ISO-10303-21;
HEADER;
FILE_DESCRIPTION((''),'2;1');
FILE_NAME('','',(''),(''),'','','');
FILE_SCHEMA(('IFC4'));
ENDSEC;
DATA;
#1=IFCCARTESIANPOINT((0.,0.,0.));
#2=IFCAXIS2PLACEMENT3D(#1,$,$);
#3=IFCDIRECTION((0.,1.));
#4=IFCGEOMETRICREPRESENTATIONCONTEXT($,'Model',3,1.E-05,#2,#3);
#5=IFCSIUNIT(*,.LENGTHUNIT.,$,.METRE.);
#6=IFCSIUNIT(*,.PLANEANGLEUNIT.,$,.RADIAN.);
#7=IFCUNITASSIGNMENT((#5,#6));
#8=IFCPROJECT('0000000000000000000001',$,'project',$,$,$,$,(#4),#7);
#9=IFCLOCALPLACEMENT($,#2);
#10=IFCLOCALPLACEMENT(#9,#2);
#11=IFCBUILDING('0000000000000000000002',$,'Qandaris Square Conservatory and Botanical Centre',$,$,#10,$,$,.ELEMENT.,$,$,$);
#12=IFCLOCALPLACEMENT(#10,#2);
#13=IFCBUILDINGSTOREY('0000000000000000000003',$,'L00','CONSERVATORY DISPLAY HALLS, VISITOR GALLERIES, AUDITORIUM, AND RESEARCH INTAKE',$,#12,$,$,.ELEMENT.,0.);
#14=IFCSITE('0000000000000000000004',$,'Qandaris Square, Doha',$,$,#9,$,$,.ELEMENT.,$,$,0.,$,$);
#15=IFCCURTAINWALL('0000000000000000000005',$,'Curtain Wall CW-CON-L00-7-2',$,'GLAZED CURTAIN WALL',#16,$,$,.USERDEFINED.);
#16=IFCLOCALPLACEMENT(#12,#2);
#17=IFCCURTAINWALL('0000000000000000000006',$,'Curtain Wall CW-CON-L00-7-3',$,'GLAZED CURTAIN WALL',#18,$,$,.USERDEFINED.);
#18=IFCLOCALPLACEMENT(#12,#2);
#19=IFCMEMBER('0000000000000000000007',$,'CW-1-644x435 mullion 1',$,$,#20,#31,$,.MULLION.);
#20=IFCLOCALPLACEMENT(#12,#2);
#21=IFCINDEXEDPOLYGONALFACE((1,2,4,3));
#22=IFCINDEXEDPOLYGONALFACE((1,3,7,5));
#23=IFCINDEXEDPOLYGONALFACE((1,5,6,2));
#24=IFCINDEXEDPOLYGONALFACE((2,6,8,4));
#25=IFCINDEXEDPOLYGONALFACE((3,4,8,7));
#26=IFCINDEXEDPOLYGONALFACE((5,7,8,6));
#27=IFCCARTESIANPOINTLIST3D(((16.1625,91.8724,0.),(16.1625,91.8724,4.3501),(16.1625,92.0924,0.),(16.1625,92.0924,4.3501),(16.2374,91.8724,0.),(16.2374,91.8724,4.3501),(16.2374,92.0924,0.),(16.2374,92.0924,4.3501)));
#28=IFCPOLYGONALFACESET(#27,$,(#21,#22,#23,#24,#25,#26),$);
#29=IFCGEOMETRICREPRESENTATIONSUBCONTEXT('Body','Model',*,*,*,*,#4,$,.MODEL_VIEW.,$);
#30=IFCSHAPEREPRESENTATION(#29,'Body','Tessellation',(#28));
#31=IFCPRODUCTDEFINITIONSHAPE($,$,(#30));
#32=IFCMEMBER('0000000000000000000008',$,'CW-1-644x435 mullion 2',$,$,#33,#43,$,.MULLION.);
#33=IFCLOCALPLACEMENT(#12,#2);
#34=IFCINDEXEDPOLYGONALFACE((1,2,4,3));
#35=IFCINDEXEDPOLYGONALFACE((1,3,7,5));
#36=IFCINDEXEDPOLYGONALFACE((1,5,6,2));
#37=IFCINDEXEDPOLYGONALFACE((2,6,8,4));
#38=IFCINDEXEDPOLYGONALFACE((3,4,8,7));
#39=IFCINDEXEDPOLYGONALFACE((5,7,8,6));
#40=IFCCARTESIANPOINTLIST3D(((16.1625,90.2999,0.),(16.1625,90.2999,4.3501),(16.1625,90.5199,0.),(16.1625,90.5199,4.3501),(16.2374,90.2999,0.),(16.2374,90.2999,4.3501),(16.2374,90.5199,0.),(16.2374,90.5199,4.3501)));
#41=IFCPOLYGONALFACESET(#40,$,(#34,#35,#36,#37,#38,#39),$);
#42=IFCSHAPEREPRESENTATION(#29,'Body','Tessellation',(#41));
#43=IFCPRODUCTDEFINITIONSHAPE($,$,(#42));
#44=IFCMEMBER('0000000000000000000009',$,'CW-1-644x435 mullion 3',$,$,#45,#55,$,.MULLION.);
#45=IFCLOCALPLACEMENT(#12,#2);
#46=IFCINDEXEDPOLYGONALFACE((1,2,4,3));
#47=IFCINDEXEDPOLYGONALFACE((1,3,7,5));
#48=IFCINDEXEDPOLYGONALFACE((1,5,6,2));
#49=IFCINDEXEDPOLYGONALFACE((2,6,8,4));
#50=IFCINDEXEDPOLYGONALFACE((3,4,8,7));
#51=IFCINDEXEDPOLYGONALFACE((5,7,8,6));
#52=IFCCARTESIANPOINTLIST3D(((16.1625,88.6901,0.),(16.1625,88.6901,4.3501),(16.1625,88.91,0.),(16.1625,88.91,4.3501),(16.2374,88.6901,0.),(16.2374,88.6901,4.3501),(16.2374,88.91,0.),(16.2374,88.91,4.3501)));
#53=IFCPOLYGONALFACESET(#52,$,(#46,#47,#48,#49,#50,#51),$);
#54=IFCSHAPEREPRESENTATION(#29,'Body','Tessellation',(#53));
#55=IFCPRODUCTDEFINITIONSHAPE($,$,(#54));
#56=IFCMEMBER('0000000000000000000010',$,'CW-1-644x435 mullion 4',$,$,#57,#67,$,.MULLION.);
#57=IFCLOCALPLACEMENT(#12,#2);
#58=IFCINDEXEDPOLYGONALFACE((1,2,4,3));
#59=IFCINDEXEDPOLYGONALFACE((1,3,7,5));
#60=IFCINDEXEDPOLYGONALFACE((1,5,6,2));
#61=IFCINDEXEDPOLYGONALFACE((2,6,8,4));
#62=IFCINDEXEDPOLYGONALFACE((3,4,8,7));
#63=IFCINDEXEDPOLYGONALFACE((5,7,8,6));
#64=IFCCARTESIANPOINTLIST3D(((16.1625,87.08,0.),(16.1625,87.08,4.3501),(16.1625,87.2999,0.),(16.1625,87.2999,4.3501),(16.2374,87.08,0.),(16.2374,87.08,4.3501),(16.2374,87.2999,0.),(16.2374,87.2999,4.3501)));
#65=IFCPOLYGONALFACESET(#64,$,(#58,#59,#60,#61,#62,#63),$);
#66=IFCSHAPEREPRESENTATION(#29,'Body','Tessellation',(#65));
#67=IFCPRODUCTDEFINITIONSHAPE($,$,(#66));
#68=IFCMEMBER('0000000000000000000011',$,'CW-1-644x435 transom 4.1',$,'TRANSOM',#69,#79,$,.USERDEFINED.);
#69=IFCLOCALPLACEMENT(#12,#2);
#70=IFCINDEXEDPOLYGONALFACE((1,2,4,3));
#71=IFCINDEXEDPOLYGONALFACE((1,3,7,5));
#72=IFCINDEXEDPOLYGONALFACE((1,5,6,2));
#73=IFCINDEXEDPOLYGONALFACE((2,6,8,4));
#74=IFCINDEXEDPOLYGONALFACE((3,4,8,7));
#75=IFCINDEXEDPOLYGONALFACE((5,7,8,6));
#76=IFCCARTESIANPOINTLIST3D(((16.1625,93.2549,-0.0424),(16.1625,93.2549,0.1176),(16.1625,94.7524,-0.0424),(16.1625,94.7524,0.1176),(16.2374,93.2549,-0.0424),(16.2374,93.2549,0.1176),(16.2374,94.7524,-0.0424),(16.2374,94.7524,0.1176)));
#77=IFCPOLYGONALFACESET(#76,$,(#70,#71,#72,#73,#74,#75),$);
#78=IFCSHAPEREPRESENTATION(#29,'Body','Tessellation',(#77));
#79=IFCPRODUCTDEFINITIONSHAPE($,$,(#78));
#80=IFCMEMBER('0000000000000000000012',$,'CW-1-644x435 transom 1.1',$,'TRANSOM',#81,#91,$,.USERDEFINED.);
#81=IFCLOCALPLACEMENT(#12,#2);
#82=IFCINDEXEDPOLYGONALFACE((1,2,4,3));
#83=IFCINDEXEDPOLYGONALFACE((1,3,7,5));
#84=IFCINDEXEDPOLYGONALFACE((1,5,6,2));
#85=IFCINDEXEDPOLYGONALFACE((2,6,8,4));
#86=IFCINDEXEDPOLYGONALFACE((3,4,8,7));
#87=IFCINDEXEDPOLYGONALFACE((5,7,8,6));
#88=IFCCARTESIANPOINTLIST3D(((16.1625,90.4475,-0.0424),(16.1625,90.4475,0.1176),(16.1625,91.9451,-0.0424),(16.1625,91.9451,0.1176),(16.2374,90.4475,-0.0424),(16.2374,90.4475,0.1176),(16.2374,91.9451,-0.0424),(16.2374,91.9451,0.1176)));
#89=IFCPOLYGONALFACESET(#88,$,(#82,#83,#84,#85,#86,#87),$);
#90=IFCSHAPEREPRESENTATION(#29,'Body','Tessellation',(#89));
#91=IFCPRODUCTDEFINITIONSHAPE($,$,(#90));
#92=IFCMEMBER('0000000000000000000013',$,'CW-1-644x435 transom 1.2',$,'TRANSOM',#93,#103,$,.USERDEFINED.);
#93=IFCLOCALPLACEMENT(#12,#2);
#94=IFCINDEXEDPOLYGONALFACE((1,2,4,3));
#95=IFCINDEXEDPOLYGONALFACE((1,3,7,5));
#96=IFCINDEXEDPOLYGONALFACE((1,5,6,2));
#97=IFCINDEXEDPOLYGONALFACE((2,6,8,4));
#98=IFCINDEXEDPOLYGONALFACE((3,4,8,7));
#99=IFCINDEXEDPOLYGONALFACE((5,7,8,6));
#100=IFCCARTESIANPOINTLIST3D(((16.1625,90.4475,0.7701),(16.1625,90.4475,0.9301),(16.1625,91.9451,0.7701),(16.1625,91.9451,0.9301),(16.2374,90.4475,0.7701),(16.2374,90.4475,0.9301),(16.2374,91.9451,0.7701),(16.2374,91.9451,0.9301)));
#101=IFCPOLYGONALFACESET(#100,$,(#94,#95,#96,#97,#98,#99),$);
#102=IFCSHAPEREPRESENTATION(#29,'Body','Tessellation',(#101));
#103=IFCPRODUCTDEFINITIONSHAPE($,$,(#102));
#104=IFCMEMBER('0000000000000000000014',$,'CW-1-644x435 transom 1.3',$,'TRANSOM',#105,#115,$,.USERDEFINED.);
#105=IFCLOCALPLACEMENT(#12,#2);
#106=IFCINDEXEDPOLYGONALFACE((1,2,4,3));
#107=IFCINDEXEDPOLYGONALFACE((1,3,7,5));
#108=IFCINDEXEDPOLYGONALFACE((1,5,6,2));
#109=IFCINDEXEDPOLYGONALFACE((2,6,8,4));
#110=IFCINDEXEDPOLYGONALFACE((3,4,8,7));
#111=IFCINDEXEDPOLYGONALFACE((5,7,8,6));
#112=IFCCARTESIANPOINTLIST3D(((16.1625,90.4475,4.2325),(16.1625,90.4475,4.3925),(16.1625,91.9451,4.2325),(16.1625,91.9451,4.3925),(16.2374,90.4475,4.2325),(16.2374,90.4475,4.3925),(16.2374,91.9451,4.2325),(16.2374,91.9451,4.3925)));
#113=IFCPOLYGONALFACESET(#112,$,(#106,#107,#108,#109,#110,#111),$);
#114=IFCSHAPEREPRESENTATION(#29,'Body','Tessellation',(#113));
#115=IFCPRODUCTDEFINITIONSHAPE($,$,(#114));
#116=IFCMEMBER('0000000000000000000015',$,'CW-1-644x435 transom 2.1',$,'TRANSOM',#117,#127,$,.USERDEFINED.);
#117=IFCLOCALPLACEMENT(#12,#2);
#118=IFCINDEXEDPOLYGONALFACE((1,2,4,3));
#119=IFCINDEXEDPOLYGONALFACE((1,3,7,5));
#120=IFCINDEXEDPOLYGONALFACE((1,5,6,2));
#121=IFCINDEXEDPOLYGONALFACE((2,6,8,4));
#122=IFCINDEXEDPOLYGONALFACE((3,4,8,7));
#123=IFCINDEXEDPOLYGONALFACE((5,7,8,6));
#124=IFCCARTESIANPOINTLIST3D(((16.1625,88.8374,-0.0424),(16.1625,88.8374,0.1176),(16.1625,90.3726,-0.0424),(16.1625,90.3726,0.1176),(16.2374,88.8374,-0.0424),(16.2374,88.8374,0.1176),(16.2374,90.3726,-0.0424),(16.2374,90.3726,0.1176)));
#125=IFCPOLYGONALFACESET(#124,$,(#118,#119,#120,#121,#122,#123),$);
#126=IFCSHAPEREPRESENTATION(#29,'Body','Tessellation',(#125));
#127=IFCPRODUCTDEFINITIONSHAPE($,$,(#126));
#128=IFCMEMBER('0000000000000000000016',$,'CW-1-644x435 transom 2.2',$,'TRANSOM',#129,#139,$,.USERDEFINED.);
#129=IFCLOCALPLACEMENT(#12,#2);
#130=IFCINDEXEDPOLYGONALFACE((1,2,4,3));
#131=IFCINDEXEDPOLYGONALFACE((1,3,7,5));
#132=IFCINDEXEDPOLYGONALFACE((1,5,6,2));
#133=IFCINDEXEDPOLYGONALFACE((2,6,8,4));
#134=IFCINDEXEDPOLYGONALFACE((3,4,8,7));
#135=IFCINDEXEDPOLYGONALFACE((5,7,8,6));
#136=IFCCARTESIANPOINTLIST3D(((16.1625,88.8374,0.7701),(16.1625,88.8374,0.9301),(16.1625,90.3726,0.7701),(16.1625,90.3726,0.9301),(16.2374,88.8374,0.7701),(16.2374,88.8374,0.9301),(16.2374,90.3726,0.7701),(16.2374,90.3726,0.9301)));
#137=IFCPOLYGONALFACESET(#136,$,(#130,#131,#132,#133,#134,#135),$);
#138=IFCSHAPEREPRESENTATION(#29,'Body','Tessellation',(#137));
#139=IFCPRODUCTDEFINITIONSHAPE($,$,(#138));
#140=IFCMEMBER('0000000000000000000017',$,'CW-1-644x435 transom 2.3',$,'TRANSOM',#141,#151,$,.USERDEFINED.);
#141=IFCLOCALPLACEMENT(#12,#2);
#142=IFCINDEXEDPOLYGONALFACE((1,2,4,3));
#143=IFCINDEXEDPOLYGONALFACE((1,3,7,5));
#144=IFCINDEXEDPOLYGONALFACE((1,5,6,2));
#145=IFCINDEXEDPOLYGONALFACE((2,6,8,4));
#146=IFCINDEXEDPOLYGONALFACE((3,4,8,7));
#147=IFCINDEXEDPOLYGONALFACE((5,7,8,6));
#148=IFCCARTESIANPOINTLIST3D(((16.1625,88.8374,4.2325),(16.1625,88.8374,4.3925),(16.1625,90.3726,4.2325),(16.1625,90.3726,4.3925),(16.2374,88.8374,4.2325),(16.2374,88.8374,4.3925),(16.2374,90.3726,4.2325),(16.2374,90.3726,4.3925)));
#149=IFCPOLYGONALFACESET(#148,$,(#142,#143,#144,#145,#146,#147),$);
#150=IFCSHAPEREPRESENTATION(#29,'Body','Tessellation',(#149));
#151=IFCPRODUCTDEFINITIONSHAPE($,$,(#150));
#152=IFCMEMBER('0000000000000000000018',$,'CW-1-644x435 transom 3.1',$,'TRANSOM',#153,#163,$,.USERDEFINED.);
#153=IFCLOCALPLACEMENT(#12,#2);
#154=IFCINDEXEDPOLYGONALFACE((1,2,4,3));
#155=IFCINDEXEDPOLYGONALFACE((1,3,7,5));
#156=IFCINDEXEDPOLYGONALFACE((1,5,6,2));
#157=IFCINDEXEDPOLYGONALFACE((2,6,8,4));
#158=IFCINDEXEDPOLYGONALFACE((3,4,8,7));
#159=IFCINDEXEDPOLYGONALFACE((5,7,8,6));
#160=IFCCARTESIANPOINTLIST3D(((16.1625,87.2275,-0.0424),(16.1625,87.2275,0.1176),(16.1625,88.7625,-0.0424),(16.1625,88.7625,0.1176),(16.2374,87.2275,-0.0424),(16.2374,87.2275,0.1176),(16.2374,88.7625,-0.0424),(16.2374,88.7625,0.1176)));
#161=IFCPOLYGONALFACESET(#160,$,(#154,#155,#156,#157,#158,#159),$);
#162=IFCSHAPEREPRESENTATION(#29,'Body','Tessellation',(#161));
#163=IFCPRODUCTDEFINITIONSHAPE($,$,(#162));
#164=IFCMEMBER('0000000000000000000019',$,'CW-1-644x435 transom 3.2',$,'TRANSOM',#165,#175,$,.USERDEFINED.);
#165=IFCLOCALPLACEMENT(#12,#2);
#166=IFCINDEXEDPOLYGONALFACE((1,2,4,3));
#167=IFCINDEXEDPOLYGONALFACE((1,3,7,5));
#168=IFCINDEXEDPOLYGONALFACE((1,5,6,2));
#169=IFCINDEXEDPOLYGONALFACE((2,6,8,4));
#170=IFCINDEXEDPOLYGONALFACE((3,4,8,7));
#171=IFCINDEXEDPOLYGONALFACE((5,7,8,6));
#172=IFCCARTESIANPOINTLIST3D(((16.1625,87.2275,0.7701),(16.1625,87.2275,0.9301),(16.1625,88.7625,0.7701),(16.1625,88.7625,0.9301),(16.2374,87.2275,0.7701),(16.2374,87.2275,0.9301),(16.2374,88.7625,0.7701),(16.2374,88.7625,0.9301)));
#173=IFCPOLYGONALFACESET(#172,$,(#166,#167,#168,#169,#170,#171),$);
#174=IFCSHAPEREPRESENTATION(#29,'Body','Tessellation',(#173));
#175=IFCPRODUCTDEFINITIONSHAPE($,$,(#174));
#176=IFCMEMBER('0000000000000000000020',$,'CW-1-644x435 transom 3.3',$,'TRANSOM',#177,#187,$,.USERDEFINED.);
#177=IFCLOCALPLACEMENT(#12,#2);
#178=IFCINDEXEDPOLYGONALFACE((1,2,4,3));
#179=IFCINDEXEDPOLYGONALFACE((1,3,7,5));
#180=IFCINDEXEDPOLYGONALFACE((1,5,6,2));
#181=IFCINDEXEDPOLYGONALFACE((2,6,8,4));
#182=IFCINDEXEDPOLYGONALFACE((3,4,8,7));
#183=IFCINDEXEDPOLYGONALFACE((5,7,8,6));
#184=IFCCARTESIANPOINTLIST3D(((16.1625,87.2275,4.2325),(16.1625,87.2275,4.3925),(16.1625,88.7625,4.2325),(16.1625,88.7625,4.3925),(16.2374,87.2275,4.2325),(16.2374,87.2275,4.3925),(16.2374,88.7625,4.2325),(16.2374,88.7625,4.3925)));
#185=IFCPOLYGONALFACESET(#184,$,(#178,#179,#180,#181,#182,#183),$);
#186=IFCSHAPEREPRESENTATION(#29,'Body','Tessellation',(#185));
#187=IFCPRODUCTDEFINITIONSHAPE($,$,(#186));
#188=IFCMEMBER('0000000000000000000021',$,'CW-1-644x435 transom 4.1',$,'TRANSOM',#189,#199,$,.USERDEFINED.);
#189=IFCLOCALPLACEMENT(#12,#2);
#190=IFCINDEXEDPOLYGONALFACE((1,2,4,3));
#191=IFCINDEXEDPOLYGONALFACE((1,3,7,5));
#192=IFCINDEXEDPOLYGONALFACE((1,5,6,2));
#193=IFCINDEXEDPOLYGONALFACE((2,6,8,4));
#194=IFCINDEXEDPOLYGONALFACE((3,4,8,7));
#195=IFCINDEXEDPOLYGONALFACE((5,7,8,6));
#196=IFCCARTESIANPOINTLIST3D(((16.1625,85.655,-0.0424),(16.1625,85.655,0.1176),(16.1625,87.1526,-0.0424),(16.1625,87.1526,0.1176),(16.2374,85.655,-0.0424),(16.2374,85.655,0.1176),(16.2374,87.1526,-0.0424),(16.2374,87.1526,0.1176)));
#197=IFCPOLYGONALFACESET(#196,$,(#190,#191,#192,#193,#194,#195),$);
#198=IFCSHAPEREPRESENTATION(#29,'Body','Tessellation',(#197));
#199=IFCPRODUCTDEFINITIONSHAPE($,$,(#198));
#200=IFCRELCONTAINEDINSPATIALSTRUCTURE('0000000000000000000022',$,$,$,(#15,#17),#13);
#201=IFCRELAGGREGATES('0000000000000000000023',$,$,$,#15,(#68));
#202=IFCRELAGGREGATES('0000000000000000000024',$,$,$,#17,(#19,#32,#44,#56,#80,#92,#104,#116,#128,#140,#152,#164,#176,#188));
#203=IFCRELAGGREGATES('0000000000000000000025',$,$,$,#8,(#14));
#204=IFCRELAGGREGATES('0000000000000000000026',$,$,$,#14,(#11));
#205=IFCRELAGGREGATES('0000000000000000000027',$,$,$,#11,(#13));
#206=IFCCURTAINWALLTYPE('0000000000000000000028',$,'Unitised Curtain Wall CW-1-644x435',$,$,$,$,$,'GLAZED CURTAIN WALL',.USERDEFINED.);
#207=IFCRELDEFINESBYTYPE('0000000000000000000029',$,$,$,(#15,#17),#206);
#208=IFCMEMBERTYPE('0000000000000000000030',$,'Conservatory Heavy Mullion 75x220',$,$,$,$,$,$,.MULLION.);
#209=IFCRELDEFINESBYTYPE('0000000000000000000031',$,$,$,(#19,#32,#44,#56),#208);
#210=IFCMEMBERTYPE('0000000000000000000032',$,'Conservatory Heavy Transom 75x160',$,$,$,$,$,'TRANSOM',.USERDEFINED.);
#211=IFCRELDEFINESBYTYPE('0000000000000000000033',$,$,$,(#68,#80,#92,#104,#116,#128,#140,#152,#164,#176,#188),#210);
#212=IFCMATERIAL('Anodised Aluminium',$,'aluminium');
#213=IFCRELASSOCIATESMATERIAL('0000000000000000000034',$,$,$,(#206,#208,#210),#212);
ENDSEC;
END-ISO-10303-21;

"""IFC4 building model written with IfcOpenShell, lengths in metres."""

from ifc_helpers import new_model, si_unit, direction, frame, origin, origin_2d, place, context, subcontext, project, spatial, rectangle, extrude, material, material_profile, profile_set, type_object, element, aggregate, save


model = new_model("IFC4")

# Units and contexts
model_context = context("Model", 3, precision=1e-05, world=origin(), true_north=direction((0.0, 1.0)))
body_context = subcontext(model_context, "Body", "Model", "MODEL_VIEW")
ifc_project = project(units=[si_unit("LENGTHUNIT", "METRE"), si_unit("PLANEANGLEUNIT", "RADIAN")], contexts=[model_context])

# Site, building, storey
site_placement = place(None, origin())
site = spatial("IfcSite", under=ifc_project, at=site_placement, Name="Qandaris Square, Doha", CompositionType="ELEMENT", RefElevation=0.0)
building_placement = place(site_placement, origin())
building = spatial("IfcBuilding", under=site, at=building_placement, Name="Qandaris Square Conservatory and Botanical Centre", CompositionType="ELEMENT")
storey_placement = place(building_placement, origin())
storey = spatial("IfcBuildingStorey", under=building, at=storey_placement, Name="L00", Description="CONSERVATORY DISPLAY HALLS, VISITOR GALLERIES, AUDITORIUM, AND RESEARCH INTAKE", CompositionType="ELEMENT", Elevation=0.0)

# Curtain wall
ifc_material_1 = material(Name="Anodised Aluminium", Category="aluminium")
curtain_wall_type = type_object("IfcCurtainWallType", Name="Unitised Curtain Wall CW-1-644x435", ElementType="GLAZED CURTAIN WALL", PredefinedType="USERDEFINED", material=ifc_material_1)
curtain_wall_1_placement = place(storey_placement, origin())
curtain_wall_1 = element("IfcCurtainWall", 1, at=curtain_wall_1_placement, inside=storey, type_object=curtain_wall_type, Name="Curtain Wall CW-CON-L00-7-2", ObjectType="GLAZED CURTAIN WALL", PredefinedType="USERDEFINED")
ifc_material_profile_1 = material_profile(ifc_material_1, rectangle(XDim=0.075, YDim=0.22, at=origin_2d()), Name="ALU-MUL 75x220")
ifc_profile_set_1 = profile_set([ifc_material_profile_1], Name="Anodised Aluminium")
member_type_1 = type_object("IfcMemberType", Name="Conservatory Heavy Mullion 75x220", PredefinedType="MULLION", material=ifc_profile_set_1)

# Curtain wall, members
curtain_wall_2_placement = place(storey_placement, origin())
curtain_wall_2 = element("IfcCurtainWall", 2, at=curtain_wall_2_placement, inside=storey, type_object=curtain_wall_type, Name="Curtain Wall CW-CON-L00-7-3", ObjectType="GLAZED CURTAIN WALL", PredefinedType="USERDEFINED")
member_1_placement = place(storey_placement, frame((16.2, 91.9824, 0.0), z_axis=(0.0, 0.0, 1.0), x_axis=(1.0, 0.0, 0.0)))
member_1 = element("IfcMember", 3, at=member_1_placement, type_object=member_type_1, Name="CW-1-644x435 mullion 1", PredefinedType="MULLION", context=body_context, shape_type="SweptSolid", body=[
    extrude(rectangle(XDim=0.075, YDim=0.22, at=origin_2d()), origin(), (0.0, 0.0, 1.0), 4.3501),
])
member_2_placement = place(storey_placement, frame((16.2, 90.4099, 0.0), z_axis=(0.0, 0.0, 1.0), x_axis=(1.0, 0.0, 0.0)))
member_2 = element("IfcMember", 4, at=member_2_placement, type_object=member_type_1, Name="CW-1-644x435 mullion 2", PredefinedType="MULLION", context=body_context, shape_type="SweptSolid", body=[
    extrude(rectangle(XDim=0.075, YDim=0.22, at=origin_2d()), origin(), (0.0, 0.0, 1.0), 4.3501),
])
member_3_placement = place(storey_placement, frame((16.2, 88.8, 0.0), z_axis=(0.0, 0.0, 1.0), x_axis=(1.0, 0.0, 0.0)))
member_3 = element("IfcMember", 5, at=member_3_placement, type_object=member_type_1, Name="CW-1-644x435 mullion 3", PredefinedType="MULLION", context=body_context, shape_type="SweptSolid", body=[
    extrude(rectangle(XDim=0.075, YDim=0.22, at=origin_2d()), origin(), (0.0, 0.0, 1.0), 4.3501),
])
member_4_placement = place(storey_placement, frame((16.2, 87.1899, 0.0), z_axis=(0.0, 0.0, 1.0), x_axis=(1.0, 0.0, 0.0)))
member_4 = element("IfcMember", 6, at=member_4_placement, type_object=member_type_1, Name="CW-1-644x435 mullion 4", PredefinedType="MULLION", context=body_context, shape_type="SweptSolid", body=[
    extrude(rectangle(XDim=0.075, YDim=0.22, at=origin_2d()), origin(), (0.0, 0.0, 1.0), 4.3501),
])

# Members
ifc_material_profile_2 = material_profile(ifc_material_1, rectangle(XDim=0.075, YDim=0.1599, at=origin_2d()), Name="ALU-TRN 75x160")
ifc_profile_set_2 = profile_set([ifc_material_profile_2], Name="Anodised Aluminium")
member_type_2 = type_object("IfcMemberType", Name="Conservatory Heavy Transom 75x160", ElementType="TRANSOM", PredefinedType="USERDEFINED", material=ifc_profile_set_2)
member_5_placement = place(storey_placement, frame((16.2, 94.7524, 0.0376), z_axis=(0.0, -1.0, 0.0), x_axis=(1.0, 0.0, 0.0)))
member_5 = element("IfcMember", 7, at=member_5_placement, type_object=member_type_2, Name="CW-1-644x435 transom 4.1", ObjectType="TRANSOM", PredefinedType="USERDEFINED", context=body_context, shape_type="SweptSolid", body=[
    extrude(rectangle(XDim=0.075, YDim=0.1599, at=origin_2d()), origin(), (0.0, 0.0, 1.0), 1.4976),
])
member_6_placement = place(storey_placement, frame((16.2, 91.9451, 0.0376), z_axis=(0.0, -1.0, 0.0), x_axis=(1.0, 0.0, 0.0)))
member_6 = element("IfcMember", 8, at=member_6_placement, type_object=member_type_2, Name="CW-1-644x435 transom 1.1", ObjectType="TRANSOM", PredefinedType="USERDEFINED", context=body_context, shape_type="SweptSolid", body=[
    extrude(rectangle(XDim=0.075, YDim=0.1599, at=origin_2d()), origin(), (0.0, 0.0, 1.0), 1.4976),
])
member_7_placement = place(storey_placement, frame((16.2, 91.9451, 0.8501), z_axis=(0.0, -1.0, 0.0), x_axis=(1.0, 0.0, 0.0)))
member_7 = element("IfcMember", 9, at=member_7_placement, type_object=member_type_2, Name="CW-1-644x435 transom 1.2", ObjectType="TRANSOM", PredefinedType="USERDEFINED", context=body_context, shape_type="SweptSolid", body=[
    extrude(rectangle(XDim=0.075, YDim=0.1599, at=origin_2d()), origin(), (0.0, 0.0, 1.0), 1.4976),
])
member_8_placement = place(storey_placement, frame((16.2, 91.9451, 4.3125), z_axis=(0.0, -1.0, 0.0), x_axis=(1.0, 0.0, 0.0)))
member_8 = element("IfcMember", 10, at=member_8_placement, type_object=member_type_2, Name="CW-1-644x435 transom 1.3", ObjectType="TRANSOM", PredefinedType="USERDEFINED", context=body_context, shape_type="SweptSolid", body=[
    extrude(rectangle(XDim=0.075, YDim=0.1599, at=origin_2d()), origin(), (0.0, 0.0, 1.0), 1.4976),
])
member_9_placement = place(storey_placement, frame((16.2, 90.3726, 0.0376), z_axis=(0.0, -1.0, 0.0), x_axis=(1.0, 0.0, 0.0)))
member_9 = element("IfcMember", 11, at=member_9_placement, type_object=member_type_2, Name="CW-1-644x435 transom 2.1", ObjectType="TRANSOM", PredefinedType="USERDEFINED", context=body_context, shape_type="SweptSolid", body=[
    extrude(rectangle(XDim=0.075, YDim=0.1599, at=origin_2d()), origin(), (0.0, 0.0, 1.0), 1.5352),
])
member_10_placement = place(storey_placement, frame((16.2, 90.3726, 0.8501), z_axis=(0.0, -1.0, 0.0), x_axis=(1.0, 0.0, 0.0)))
member_10 = element("IfcMember", 12, at=member_10_placement, type_object=member_type_2, Name="CW-1-644x435 transom 2.2", ObjectType="TRANSOM", PredefinedType="USERDEFINED", context=body_context, shape_type="SweptSolid", body=[
    extrude(rectangle(XDim=0.075, YDim=0.1599, at=origin_2d()), origin(), (0.0, 0.0, 1.0), 1.5352),
])
member_11_placement = place(storey_placement, frame((16.2, 90.3726, 4.3125), z_axis=(0.0, -1.0, 0.0), x_axis=(1.0, 0.0, 0.0)))
member_11 = element("IfcMember", 13, at=member_11_placement, type_object=member_type_2, Name="CW-1-644x435 transom 2.3", ObjectType="TRANSOM", PredefinedType="USERDEFINED", context=body_context, shape_type="SweptSolid", body=[
    extrude(rectangle(XDim=0.075, YDim=0.1599, at=origin_2d()), origin(), (0.0, 0.0, 1.0), 1.5352),
])
member_12_placement = place(storey_placement, frame((16.2, 88.7625, 0.0376), z_axis=(0.0, -1.0, 0.0), x_axis=(1.0, 0.0, 0.0)))
member_12 = element("IfcMember", 14, at=member_12_placement, type_object=member_type_2, Name="CW-1-644x435 transom 3.1", ObjectType="TRANSOM", PredefinedType="USERDEFINED", context=body_context, shape_type="SweptSolid", body=[
    extrude(rectangle(XDim=0.075, YDim=0.1599, at=origin_2d()), origin(), (0.0, 0.0, 1.0), 1.5349),
])
member_13_placement = place(storey_placement, frame((16.2, 88.7625, 0.8501), z_axis=(0.0, -1.0, 0.0), x_axis=(1.0, 0.0, 0.0)))
member_13 = element("IfcMember", 15, at=member_13_placement, type_object=member_type_2, Name="CW-1-644x435 transom 3.2", ObjectType="TRANSOM", PredefinedType="USERDEFINED", context=body_context, shape_type="SweptSolid", body=[
    extrude(rectangle(XDim=0.075, YDim=0.1599, at=origin_2d()), origin(), (0.0, 0.0, 1.0), 1.5349),
])
member_14_placement = place(storey_placement, frame((16.2, 88.7625, 4.3125), z_axis=(0.0, -1.0, 0.0), x_axis=(1.0, 0.0, 0.0)))
member_14 = element("IfcMember", 16, at=member_14_placement, type_object=member_type_2, Name="CW-1-644x435 transom 3.3", ObjectType="TRANSOM", PredefinedType="USERDEFINED", context=body_context, shape_type="SweptSolid", body=[
    extrude(rectangle(XDim=0.075, YDim=0.1599, at=origin_2d()), origin(), (0.0, 0.0, 1.0), 1.5349),
])
member_15_placement = place(storey_placement, frame((16.2, 87.1526, 0.0376), z_axis=(0.0, -1.0, 0.0), x_axis=(1.0, 0.0, 0.0)))
member_15 = element("IfcMember", 17, at=member_15_placement, type_object=member_type_2, Name="CW-1-644x435 transom 4.1", ObjectType="TRANSOM", PredefinedType="USERDEFINED", context=body_context, shape_type="SweptSolid", body=[
    extrude(rectangle(XDim=0.075, YDim=0.1599, at=origin_2d()), origin(), (0.0, 0.0, 1.0), 1.4976),
])

aggregate(curtain_wall_1, [member_5])
aggregate(curtain_wall_2, [member_1, member_2, member_3, member_4, member_6, member_7, member_8, member_9, member_10, member_11, member_12, member_13, member_14, member_15])

save(model, "model.ifc")
